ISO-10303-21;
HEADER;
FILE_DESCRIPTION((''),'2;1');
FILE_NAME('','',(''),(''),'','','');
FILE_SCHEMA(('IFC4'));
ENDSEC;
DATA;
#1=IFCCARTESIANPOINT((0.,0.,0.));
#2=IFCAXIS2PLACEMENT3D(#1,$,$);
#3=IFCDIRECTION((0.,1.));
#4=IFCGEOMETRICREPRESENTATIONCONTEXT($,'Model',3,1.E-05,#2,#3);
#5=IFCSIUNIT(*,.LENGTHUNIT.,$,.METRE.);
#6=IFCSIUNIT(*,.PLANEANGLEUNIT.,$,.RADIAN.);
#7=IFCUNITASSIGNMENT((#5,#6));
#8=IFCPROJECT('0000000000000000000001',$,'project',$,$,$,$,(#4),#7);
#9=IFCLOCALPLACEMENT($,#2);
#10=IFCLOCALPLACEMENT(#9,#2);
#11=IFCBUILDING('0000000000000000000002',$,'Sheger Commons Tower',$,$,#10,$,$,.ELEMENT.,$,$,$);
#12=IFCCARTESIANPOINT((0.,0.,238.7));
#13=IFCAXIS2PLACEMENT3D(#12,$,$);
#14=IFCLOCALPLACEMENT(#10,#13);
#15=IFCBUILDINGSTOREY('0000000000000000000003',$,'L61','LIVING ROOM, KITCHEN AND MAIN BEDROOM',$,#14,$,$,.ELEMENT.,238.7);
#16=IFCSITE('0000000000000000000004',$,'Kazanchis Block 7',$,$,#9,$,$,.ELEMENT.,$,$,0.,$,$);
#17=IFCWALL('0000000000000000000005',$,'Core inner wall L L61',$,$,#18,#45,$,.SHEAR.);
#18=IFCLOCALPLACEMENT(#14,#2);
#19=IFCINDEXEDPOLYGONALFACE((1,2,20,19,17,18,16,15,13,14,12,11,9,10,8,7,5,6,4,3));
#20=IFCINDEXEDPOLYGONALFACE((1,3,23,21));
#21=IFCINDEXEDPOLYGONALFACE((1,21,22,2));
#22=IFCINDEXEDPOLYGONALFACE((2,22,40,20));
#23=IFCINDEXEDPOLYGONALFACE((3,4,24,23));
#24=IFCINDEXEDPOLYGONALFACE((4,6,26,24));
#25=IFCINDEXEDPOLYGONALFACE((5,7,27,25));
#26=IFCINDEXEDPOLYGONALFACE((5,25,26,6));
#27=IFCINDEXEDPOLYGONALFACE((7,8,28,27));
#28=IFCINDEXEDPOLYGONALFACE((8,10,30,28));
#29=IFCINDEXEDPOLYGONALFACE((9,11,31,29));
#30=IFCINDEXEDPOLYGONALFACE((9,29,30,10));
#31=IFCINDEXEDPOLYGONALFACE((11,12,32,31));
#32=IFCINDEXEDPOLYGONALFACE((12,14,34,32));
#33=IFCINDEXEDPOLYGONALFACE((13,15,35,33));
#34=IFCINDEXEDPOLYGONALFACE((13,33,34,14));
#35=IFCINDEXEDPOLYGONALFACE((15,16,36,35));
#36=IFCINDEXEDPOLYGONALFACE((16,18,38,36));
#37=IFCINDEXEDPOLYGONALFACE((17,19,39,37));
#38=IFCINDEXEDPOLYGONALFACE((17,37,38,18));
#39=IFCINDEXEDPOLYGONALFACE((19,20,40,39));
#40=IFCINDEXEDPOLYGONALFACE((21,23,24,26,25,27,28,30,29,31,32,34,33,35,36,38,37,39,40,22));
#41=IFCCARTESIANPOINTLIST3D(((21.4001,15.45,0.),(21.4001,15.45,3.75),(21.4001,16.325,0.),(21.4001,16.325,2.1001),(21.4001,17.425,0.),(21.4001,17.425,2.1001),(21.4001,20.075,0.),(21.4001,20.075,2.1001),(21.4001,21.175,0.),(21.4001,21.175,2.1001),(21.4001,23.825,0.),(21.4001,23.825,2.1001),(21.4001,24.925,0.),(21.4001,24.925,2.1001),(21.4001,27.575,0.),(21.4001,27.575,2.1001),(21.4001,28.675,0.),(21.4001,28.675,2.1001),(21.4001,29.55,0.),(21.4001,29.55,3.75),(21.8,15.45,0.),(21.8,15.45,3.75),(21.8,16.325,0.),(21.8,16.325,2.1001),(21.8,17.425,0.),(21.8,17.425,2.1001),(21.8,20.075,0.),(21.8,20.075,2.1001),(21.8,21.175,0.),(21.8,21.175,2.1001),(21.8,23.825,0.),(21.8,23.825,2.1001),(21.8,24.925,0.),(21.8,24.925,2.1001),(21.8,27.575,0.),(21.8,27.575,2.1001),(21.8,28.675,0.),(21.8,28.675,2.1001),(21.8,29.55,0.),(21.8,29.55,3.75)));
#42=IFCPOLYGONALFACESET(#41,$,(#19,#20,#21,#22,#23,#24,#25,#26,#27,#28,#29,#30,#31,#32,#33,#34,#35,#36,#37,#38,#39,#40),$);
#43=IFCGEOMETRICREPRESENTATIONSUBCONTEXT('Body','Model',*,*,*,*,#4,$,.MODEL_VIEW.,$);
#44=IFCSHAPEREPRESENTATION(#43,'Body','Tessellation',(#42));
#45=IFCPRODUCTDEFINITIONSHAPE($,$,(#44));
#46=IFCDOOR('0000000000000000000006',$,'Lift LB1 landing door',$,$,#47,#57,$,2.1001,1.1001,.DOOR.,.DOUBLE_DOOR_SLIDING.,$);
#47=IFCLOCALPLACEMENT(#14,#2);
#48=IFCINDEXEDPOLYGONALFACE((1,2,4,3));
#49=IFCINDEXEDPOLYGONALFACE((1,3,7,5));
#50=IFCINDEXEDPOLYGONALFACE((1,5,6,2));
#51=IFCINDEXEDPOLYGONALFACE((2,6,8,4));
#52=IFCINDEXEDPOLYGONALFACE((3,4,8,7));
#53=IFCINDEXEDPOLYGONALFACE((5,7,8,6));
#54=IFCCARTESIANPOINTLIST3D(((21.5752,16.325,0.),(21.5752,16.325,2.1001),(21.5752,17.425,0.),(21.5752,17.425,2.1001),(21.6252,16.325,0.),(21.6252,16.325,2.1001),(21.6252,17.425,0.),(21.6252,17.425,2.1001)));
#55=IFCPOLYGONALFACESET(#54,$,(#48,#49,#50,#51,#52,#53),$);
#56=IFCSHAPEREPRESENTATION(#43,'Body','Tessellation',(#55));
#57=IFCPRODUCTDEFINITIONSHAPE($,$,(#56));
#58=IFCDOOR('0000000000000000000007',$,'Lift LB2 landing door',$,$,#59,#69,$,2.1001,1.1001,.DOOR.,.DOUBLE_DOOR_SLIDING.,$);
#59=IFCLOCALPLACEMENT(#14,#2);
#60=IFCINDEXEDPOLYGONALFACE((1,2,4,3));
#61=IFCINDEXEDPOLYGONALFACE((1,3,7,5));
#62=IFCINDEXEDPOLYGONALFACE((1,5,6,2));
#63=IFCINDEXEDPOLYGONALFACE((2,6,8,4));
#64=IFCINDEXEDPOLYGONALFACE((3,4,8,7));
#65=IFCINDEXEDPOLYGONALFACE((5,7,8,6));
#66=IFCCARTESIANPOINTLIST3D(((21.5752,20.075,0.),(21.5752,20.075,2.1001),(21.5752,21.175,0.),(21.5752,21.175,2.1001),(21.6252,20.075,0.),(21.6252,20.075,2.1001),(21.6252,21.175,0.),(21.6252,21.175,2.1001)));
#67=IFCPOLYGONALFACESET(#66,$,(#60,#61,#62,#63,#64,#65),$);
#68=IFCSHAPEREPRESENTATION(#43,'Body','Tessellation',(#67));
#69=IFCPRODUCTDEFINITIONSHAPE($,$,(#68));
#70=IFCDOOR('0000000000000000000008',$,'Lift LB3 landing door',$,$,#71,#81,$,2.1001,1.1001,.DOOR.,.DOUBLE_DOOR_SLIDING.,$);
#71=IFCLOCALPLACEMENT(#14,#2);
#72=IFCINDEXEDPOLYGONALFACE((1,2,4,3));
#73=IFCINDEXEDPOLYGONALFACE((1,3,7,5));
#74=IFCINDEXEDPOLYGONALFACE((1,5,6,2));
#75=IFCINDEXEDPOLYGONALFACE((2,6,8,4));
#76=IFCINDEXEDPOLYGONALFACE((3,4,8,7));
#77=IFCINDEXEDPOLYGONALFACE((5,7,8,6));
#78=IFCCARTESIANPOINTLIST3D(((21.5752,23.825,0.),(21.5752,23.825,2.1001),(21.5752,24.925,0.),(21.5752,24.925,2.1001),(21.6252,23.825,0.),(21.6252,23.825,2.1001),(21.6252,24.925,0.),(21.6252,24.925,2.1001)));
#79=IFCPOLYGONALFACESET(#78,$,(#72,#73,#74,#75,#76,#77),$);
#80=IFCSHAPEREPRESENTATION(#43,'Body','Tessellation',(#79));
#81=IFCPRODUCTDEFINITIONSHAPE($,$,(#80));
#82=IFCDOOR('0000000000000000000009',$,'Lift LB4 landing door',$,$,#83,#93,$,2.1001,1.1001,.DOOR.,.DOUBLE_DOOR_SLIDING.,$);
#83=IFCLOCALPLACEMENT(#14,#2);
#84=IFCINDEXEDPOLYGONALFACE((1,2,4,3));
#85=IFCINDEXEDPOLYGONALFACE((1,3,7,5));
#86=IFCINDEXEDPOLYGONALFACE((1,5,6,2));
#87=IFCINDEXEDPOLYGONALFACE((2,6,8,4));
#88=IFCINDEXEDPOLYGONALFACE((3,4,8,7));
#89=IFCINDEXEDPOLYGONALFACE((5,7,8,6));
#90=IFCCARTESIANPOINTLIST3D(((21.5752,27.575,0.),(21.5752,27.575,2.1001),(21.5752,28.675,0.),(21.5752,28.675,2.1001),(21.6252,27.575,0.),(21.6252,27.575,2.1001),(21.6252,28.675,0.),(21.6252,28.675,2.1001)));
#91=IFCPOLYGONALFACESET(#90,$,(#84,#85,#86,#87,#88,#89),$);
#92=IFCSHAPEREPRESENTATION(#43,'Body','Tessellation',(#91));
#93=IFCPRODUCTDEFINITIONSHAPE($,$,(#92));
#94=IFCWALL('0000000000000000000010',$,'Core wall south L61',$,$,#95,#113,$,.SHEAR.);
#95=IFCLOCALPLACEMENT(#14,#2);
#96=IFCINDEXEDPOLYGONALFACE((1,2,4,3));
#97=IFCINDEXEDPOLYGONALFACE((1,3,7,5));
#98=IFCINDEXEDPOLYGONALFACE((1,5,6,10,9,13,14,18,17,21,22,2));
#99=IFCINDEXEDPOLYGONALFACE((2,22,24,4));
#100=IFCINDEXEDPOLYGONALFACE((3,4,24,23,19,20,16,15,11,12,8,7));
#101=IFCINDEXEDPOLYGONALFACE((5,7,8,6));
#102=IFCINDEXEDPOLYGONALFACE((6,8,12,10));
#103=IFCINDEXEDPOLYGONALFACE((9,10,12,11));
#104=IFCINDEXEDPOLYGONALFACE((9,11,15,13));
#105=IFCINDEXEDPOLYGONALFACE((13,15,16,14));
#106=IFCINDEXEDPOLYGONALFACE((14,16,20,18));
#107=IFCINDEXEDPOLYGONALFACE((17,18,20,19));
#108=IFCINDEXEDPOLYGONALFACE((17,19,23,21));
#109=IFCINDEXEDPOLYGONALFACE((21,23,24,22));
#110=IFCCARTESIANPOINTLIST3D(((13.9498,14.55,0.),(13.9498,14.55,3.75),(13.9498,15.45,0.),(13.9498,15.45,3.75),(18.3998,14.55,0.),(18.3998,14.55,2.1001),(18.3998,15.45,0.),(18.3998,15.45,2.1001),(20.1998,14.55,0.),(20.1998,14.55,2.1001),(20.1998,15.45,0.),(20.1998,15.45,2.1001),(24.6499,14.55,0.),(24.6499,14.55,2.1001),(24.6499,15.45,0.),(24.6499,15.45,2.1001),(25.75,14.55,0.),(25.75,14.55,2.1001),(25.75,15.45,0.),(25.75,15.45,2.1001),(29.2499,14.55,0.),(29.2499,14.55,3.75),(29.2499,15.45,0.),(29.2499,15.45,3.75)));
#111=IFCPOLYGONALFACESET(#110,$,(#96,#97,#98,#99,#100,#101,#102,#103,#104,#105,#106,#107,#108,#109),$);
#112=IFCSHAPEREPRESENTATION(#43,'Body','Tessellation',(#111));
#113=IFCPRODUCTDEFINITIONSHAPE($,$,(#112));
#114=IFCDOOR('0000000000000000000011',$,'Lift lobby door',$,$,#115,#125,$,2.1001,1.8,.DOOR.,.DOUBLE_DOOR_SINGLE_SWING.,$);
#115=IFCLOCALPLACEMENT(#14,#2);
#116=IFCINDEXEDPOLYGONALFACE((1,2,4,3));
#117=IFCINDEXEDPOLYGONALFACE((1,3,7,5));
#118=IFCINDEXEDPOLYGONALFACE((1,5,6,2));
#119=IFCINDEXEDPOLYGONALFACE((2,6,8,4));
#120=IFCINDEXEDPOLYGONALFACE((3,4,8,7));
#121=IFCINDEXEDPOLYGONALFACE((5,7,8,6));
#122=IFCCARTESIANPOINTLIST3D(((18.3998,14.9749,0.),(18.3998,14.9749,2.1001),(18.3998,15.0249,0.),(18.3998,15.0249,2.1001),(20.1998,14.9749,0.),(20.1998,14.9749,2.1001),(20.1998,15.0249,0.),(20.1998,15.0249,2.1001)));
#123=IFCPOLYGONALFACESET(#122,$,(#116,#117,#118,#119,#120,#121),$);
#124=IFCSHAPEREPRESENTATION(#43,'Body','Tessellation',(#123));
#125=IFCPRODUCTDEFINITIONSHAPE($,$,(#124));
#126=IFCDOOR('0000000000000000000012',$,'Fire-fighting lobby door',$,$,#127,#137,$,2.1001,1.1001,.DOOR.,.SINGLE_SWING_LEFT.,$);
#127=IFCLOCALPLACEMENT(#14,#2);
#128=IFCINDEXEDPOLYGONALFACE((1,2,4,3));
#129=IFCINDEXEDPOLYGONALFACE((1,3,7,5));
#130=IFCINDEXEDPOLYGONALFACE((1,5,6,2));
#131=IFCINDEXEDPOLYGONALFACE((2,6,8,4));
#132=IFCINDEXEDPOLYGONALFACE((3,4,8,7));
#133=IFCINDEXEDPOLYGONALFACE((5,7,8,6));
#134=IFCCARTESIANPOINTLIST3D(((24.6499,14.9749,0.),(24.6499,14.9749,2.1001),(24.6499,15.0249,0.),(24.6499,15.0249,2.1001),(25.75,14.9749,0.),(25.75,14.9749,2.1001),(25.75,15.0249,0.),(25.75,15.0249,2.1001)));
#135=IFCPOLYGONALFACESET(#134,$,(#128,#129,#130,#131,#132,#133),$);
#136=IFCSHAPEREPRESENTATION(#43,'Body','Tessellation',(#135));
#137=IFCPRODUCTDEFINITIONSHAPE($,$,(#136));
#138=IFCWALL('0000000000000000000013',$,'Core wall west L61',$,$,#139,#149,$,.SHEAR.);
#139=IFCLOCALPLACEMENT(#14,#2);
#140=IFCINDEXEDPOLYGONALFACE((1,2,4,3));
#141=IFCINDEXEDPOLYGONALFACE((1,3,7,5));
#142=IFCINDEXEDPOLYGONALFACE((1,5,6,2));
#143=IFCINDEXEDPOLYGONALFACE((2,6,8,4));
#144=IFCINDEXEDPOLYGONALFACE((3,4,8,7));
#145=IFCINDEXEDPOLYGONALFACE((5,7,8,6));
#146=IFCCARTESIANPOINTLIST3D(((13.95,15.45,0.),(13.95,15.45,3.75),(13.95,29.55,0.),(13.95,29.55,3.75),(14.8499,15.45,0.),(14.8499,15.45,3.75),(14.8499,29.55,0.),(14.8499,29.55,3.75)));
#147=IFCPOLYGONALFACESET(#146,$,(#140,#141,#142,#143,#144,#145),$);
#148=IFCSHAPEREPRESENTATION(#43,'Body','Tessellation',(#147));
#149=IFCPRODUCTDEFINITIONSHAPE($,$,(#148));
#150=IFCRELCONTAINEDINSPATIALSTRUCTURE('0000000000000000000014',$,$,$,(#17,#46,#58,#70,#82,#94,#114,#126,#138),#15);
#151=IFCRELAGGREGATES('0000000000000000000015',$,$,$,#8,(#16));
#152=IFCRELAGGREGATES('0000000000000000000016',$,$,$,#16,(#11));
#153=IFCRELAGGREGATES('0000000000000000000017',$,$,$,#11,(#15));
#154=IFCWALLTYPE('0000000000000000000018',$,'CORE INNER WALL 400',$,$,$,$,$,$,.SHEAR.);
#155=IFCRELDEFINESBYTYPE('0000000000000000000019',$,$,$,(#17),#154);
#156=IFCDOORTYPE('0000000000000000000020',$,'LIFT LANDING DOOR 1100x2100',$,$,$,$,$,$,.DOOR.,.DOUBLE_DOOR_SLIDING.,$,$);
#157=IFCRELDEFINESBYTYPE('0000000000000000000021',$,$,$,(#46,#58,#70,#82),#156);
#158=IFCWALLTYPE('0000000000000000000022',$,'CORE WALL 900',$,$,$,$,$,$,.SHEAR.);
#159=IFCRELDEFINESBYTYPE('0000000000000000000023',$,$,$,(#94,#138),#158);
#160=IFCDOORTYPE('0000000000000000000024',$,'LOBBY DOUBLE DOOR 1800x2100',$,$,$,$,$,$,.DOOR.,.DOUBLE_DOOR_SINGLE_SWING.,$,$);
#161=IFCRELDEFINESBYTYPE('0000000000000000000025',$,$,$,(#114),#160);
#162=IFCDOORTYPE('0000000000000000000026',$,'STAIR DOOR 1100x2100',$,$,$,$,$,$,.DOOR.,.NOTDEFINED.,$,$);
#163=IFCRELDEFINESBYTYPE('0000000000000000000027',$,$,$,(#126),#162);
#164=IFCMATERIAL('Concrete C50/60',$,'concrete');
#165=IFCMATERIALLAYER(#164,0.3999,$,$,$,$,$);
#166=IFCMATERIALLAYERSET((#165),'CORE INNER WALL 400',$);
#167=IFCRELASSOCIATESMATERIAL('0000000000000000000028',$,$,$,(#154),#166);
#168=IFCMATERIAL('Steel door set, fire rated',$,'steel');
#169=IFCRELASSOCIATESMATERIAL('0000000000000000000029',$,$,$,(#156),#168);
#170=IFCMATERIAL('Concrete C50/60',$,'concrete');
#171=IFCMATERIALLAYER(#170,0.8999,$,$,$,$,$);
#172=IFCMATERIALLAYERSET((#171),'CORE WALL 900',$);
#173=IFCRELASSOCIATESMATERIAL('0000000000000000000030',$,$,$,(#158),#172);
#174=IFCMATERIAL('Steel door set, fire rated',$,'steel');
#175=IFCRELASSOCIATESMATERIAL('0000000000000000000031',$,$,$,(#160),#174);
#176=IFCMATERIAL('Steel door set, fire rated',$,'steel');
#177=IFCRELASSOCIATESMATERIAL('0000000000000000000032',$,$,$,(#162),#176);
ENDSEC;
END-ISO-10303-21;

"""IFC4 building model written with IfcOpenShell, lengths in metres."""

from ifc_helpers import new_model, si_unit, direction, frame, frame_2d, origin, place, context, subcontext, project, spatial, rectangle, extrude, material, layer, layer_set, type_object, element, fill, save


model = new_model("IFC4")

# Units and contexts
model_context = context("Model", 3, precision=1e-05, world=origin(), true_north=direction((0.0, 1.0)))
body_context = subcontext(model_context, "Body", "Model", "MODEL_VIEW")
ifc_project = project(units=[si_unit("LENGTHUNIT", "METRE"), si_unit("PLANEANGLEUNIT", "RADIAN")], contexts=[model_context])

# Site, building, storey
site_placement = place(None, origin())
site = spatial("IfcSite", under=ifc_project, at=site_placement, Name="Kazanchis Block 7", CompositionType="ELEMENT", RefElevation=0.0)
building_placement = place(site_placement, origin())
building = spatial("IfcBuilding", under=site, at=building_placement, Name="Sheger Commons Tower", CompositionType="ELEMENT")
storey_placement = place(building_placement, frame((0.0, 0.0, 238.7)))
storey = spatial("IfcBuildingStorey", under=building, at=storey_placement, Name="L61", Description="LIVING ROOM, KITCHEN AND MAIN BEDROOM", CompositionType="ELEMENT", Elevation=238.7)

# Walls, openings, doors
ifc_material_1 = material(Name="Concrete C50/60", Category="concrete")
ifc_layer_1 = layer(ifc_material_1, 0.3999)
ifc_layer_set_1 = layer_set([ifc_layer_1], Name="CORE INNER WALL 400")
wall_type_1 = type_object("IfcWallType", Name="CORE INNER WALL 400", PredefinedType="SHEAR", material=ifc_layer_set_1)
wall_1_placement = place(storey_placement, frame((21.6001, 15.45, 0.0), z_axis=(0.0, 0.0, 1.0), x_axis=(0.0, 1.0, 0.0)))
wall_1 = element("IfcWall", 1, at=wall_1_placement, inside=storey, type_object=wall_type_1, Name="Core inner wall L L61", PredefinedType="SHEAR", context=body_context, shape_type="SweptSolid", body=[
    extrude(rectangle(XDim=14.1001, YDim=0.3999, at=frame_2d((7.05, 0.0))), origin(), (0.0, 0.0, 1.0), 3.75),
])
opening_1_placement = place(wall_1_placement, frame((0.875, 0.0, 0.0)))
opening_1 = element("IfcOpeningElement", 2, at=opening_1_placement, cuts=wall_1, PredefinedType="OPENING", context=body_context, shape_type="SweptSolid", body=[
    extrude(rectangle(XDim=1.1001, YDim=2.1001, at=frame_2d((0.55, 1.05))), frame((0.0, 0.21, 0.0), z_axis=(0.0, -1.0, 0.0), x_axis=(1.0, 0.0, 0.0)), (0.0, 0.0, 1.0), 0.4199),
])
opening_2_placement = place(wall_1_placement, frame((4.625, 0.0, 0.0)))
opening_2 = element("IfcOpeningElement", 3, at=opening_2_placement, cuts=wall_1, PredefinedType="OPENING", context=body_context, shape_type="SweptSolid", body=[
    extrude(rectangle(XDim=1.1001, YDim=2.1001, at=frame_2d((0.55, 1.05))), frame((0.0, 0.21, 0.0), z_axis=(0.0, -1.0, 0.0), x_axis=(1.0, 0.0, 0.0)), (0.0, 0.0, 1.0), 0.4199),
])
opening_3_placement = place(wall_1_placement, frame((8.375, 0.0, 0.0)))
opening_3 = element("IfcOpeningElement", 4, at=opening_3_placement, cuts=wall_1, PredefinedType="OPENING", context=body_context, shape_type="SweptSolid", body=[
    extrude(rectangle(XDim=1.1001, YDim=2.1001, at=frame_2d((0.55, 1.05))), frame((0.0, 0.21, 0.0), z_axis=(0.0, -1.0, 0.0), x_axis=(1.0, 0.0, 0.0)), (0.0, 0.0, 1.0), 0.4199),
])
opening_4_placement = place(wall_1_placement, frame((12.125, 0.0, 0.0)))
opening_4 = element("IfcOpeningElement", 5, at=opening_4_placement, cuts=wall_1, PredefinedType="OPENING", context=body_context, shape_type="SweptSolid", body=[
    extrude(rectangle(XDim=1.1001, YDim=2.1001, at=frame_2d((0.55, 1.05))), frame((0.0, 0.21, 0.0), z_axis=(0.0, -1.0, 0.0), x_axis=(1.0, 0.0, 0.0)), (0.0, 0.0, 1.0), 0.4199),
])
ifc_material_2 = material(Name="Steel door set, fire rated", Category="steel")
door_type_1 = type_object("IfcDoorType", Name="LIFT LANDING DOOR 1100x2100", OperationType="DOUBLE_DOOR_SLIDING", PredefinedType="DOOR", material=ifc_material_2)
door_1_placement = place(opening_1_placement, origin())
door_1 = element("IfcDoor", 6, at=door_1_placement, inside=storey, type_object=door_type_1, Name="Lift LB1 landing door", OperationType="DOUBLE_DOOR_SLIDING", OverallHeight=2.1001, OverallWidth=1.1001, PredefinedType="DOOR", context=body_context, shape_type="SweptSolid", body=[
    extrude(rectangle(XDim=1.1001, YDim=2.1001, at=frame_2d((0.55, 1.05))), frame((0.0, 0.0249, 0.0), z_axis=(0.0, -1.0, 0.0), x_axis=(1.0, 0.0, 0.0)), (0.0, 0.0, 1.0), 0.05),
])
fill(opening_1, door_1)
door_2_placement = place(opening_2_placement, origin())
door_2 = element("IfcDoor", 7, at=door_2_placement, inside=storey, type_object=door_type_1, Name="Lift LB2 landing door", OperationType="DOUBLE_DOOR_SLIDING", OverallHeight=2.1001, OverallWidth=1.1001, PredefinedType="DOOR", context=body_context, shape_type="SweptSolid", body=[
    extrude(rectangle(XDim=1.1001, YDim=2.1001, at=frame_2d((0.55, 1.05))), frame((0.0, 0.0249, 0.0), z_axis=(0.0, -1.0, 0.0), x_axis=(1.0, 0.0, 0.0)), (0.0, 0.0, 1.0), 0.05),
])
fill(opening_2, door_2)
door_3_placement = place(opening_3_placement, origin())
door_3 = element("IfcDoor", 8, at=door_3_placement, inside=storey, type_object=door_type_1, Name="Lift LB3 landing door", OperationType="DOUBLE_DOOR_SLIDING", OverallHeight=2.1001, OverallWidth=1.1001, PredefinedType="DOOR", context=body_context, shape_type="SweptSolid", body=[
    extrude(rectangle(XDim=1.1001, YDim=2.1001, at=frame_2d((0.55, 1.05))), frame((0.0, 0.0249, 0.0), z_axis=(0.0, -1.0, 0.0), x_axis=(1.0, 0.0, 0.0)), (0.0, 0.0, 1.0), 0.05),
])
fill(opening_3, door_3)
door_4_placement = place(opening_4_placement, origin())
door_4 = element("IfcDoor", 9, at=door_4_placement, inside=storey, type_object=door_type_1, Name="Lift LB4 landing door", OperationType="DOUBLE_DOOR_SLIDING", OverallHeight=2.1001, OverallWidth=1.1001, PredefinedType="DOOR", context=body_context, shape_type="SweptSolid", body=[
    extrude(rectangle(XDim=1.1001, YDim=2.1001, at=frame_2d((0.55, 1.05))), frame((0.0, 0.0249, 0.0), z_axis=(0.0, -1.0, 0.0), x_axis=(1.0, 0.0, 0.0)), (0.0, 0.0, 1.0), 0.05),
])
fill(opening_4, door_4)
ifc_material_3 = material(Name="Concrete C50/60", Category="concrete")
ifc_layer_2 = layer(ifc_material_3, 0.8999)
ifc_layer_set_2 = layer_set([ifc_layer_2], Name="CORE WALL 900")
wall_type_2 = type_object("IfcWallType", Name="CORE WALL 900", PredefinedType="SHEAR", material=ifc_layer_set_2)
wall_2_placement = place(storey_placement, frame((13.95, 15.0, 0.0), z_axis=(0.0, 0.0, 1.0), x_axis=(1.0, 0.0, 0.0)))
wall_2 = element("IfcWall", 10, at=wall_2_placement, inside=storey, type_object=wall_type_2, Name="Core wall south L61", PredefinedType="SHEAR", context=body_context, shape_type="SweptSolid", body=[
    extrude(rectangle(XDim=15.3, YDim=0.8999, at=frame_2d((7.6499, 0.0))), origin(), (0.0, 0.0, 1.0), 3.75),
])
opening_5_placement = place(wall_2_placement, frame((4.45, 0.0, 0.0)))
opening_5 = element("IfcOpeningElement", 11, at=opening_5_placement, cuts=wall_2, PredefinedType="OPENING", context=body_context, shape_type="SweptSolid", body=[
    extrude(rectangle(XDim=1.8, YDim=2.1001, at=frame_2d((0.8999, 1.05))), frame((0.0, 0.46, 0.0), z_axis=(0.0, -1.0, 0.0), x_axis=(1.0, 0.0, 0.0)), (0.0, 0.0, 1.0), 0.9199),
])
opening_6_placement = place(wall_2_placement, frame((10.7, 0.0, 0.0)))
opening_6 = element("IfcOpeningElement", 12, at=opening_6_placement, cuts=wall_2, PredefinedType="OPENING", context=body_context, shape_type="SweptSolid", body=[
    extrude(rectangle(XDim=1.1001, YDim=2.1001, at=frame_2d((0.55, 1.05))), frame((0.0, 0.46, 0.0), z_axis=(0.0, -1.0, 0.0), x_axis=(1.0, 0.0, 0.0)), (0.0, 0.0, 1.0), 0.9199),
])
ifc_material_4 = material(Name="Steel door set, fire rated", Category="steel")
door_type_2 = type_object("IfcDoorType", Name="LOBBY DOUBLE DOOR 1800x2100", OperationType="DOUBLE_DOOR_SINGLE_SWING", PredefinedType="DOOR", material=ifc_material_4)
door_5_placement = place(opening_5_placement, origin())
door_5 = element("IfcDoor", 13, at=door_5_placement, inside=storey, type_object=door_type_2, Name="Lift lobby door", OperationType="DOUBLE_DOOR_SINGLE_SWING", OverallHeight=2.1001, OverallWidth=1.8, PredefinedType="DOOR", context=body_context, shape_type="SweptSolid", body=[
    extrude(rectangle(XDim=1.8, YDim=2.1001, at=frame_2d((0.8999, 1.05))), frame((0.0, 0.0249, 0.0), z_axis=(0.0, -1.0, 0.0), x_axis=(1.0, 0.0, 0.0)), (0.0, 0.0, 1.0), 0.05),
])
fill(opening_5, door_5)
ifc_material_5 = material(Name="Steel door set, fire rated", Category="steel")
door_type_3 = type_object("IfcDoorType", Name="STAIR DOOR 1100x2100", OperationType="NOTDEFINED", PredefinedType="DOOR", material=ifc_material_5)
door_6_placement = place(opening_6_placement, origin())
door_6 = element("IfcDoor", 14, at=door_6_placement, inside=storey, type_object=door_type_3, Name="Fire-fighting lobby door", OperationType="SINGLE_SWING_LEFT", OverallHeight=2.1001, OverallWidth=1.1001, PredefinedType="DOOR", context=body_context, shape_type="SweptSolid", body=[
    extrude(rectangle(XDim=1.1001, YDim=2.1001, at=frame_2d((0.55, 1.05))), frame((0.0, 0.0249, 0.0), z_axis=(0.0, -1.0, 0.0), x_axis=(1.0, 0.0, 0.0)), (0.0, 0.0, 1.0), 0.05),
])
fill(opening_6, door_6)

# Wall
wall_3_placement = place(storey_placement, frame((14.3999, 15.45, 0.0), z_axis=(0.0, 0.0, 1.0), x_axis=(0.0, 1.0, 0.0)))
element("IfcWall", 15, at=wall_3_placement, inside=storey, type_object=wall_type_2, Name="Core wall west L61", PredefinedType="SHEAR", context=body_context, shape_type="SweptSolid", body=[
    extrude(rectangle(XDim=14.1001, YDim=0.8999, at=frame_2d((7.05, 0.0))), origin(), (0.0, 0.0, 1.0), 3.75),
])

save(model, "model.ifc")
